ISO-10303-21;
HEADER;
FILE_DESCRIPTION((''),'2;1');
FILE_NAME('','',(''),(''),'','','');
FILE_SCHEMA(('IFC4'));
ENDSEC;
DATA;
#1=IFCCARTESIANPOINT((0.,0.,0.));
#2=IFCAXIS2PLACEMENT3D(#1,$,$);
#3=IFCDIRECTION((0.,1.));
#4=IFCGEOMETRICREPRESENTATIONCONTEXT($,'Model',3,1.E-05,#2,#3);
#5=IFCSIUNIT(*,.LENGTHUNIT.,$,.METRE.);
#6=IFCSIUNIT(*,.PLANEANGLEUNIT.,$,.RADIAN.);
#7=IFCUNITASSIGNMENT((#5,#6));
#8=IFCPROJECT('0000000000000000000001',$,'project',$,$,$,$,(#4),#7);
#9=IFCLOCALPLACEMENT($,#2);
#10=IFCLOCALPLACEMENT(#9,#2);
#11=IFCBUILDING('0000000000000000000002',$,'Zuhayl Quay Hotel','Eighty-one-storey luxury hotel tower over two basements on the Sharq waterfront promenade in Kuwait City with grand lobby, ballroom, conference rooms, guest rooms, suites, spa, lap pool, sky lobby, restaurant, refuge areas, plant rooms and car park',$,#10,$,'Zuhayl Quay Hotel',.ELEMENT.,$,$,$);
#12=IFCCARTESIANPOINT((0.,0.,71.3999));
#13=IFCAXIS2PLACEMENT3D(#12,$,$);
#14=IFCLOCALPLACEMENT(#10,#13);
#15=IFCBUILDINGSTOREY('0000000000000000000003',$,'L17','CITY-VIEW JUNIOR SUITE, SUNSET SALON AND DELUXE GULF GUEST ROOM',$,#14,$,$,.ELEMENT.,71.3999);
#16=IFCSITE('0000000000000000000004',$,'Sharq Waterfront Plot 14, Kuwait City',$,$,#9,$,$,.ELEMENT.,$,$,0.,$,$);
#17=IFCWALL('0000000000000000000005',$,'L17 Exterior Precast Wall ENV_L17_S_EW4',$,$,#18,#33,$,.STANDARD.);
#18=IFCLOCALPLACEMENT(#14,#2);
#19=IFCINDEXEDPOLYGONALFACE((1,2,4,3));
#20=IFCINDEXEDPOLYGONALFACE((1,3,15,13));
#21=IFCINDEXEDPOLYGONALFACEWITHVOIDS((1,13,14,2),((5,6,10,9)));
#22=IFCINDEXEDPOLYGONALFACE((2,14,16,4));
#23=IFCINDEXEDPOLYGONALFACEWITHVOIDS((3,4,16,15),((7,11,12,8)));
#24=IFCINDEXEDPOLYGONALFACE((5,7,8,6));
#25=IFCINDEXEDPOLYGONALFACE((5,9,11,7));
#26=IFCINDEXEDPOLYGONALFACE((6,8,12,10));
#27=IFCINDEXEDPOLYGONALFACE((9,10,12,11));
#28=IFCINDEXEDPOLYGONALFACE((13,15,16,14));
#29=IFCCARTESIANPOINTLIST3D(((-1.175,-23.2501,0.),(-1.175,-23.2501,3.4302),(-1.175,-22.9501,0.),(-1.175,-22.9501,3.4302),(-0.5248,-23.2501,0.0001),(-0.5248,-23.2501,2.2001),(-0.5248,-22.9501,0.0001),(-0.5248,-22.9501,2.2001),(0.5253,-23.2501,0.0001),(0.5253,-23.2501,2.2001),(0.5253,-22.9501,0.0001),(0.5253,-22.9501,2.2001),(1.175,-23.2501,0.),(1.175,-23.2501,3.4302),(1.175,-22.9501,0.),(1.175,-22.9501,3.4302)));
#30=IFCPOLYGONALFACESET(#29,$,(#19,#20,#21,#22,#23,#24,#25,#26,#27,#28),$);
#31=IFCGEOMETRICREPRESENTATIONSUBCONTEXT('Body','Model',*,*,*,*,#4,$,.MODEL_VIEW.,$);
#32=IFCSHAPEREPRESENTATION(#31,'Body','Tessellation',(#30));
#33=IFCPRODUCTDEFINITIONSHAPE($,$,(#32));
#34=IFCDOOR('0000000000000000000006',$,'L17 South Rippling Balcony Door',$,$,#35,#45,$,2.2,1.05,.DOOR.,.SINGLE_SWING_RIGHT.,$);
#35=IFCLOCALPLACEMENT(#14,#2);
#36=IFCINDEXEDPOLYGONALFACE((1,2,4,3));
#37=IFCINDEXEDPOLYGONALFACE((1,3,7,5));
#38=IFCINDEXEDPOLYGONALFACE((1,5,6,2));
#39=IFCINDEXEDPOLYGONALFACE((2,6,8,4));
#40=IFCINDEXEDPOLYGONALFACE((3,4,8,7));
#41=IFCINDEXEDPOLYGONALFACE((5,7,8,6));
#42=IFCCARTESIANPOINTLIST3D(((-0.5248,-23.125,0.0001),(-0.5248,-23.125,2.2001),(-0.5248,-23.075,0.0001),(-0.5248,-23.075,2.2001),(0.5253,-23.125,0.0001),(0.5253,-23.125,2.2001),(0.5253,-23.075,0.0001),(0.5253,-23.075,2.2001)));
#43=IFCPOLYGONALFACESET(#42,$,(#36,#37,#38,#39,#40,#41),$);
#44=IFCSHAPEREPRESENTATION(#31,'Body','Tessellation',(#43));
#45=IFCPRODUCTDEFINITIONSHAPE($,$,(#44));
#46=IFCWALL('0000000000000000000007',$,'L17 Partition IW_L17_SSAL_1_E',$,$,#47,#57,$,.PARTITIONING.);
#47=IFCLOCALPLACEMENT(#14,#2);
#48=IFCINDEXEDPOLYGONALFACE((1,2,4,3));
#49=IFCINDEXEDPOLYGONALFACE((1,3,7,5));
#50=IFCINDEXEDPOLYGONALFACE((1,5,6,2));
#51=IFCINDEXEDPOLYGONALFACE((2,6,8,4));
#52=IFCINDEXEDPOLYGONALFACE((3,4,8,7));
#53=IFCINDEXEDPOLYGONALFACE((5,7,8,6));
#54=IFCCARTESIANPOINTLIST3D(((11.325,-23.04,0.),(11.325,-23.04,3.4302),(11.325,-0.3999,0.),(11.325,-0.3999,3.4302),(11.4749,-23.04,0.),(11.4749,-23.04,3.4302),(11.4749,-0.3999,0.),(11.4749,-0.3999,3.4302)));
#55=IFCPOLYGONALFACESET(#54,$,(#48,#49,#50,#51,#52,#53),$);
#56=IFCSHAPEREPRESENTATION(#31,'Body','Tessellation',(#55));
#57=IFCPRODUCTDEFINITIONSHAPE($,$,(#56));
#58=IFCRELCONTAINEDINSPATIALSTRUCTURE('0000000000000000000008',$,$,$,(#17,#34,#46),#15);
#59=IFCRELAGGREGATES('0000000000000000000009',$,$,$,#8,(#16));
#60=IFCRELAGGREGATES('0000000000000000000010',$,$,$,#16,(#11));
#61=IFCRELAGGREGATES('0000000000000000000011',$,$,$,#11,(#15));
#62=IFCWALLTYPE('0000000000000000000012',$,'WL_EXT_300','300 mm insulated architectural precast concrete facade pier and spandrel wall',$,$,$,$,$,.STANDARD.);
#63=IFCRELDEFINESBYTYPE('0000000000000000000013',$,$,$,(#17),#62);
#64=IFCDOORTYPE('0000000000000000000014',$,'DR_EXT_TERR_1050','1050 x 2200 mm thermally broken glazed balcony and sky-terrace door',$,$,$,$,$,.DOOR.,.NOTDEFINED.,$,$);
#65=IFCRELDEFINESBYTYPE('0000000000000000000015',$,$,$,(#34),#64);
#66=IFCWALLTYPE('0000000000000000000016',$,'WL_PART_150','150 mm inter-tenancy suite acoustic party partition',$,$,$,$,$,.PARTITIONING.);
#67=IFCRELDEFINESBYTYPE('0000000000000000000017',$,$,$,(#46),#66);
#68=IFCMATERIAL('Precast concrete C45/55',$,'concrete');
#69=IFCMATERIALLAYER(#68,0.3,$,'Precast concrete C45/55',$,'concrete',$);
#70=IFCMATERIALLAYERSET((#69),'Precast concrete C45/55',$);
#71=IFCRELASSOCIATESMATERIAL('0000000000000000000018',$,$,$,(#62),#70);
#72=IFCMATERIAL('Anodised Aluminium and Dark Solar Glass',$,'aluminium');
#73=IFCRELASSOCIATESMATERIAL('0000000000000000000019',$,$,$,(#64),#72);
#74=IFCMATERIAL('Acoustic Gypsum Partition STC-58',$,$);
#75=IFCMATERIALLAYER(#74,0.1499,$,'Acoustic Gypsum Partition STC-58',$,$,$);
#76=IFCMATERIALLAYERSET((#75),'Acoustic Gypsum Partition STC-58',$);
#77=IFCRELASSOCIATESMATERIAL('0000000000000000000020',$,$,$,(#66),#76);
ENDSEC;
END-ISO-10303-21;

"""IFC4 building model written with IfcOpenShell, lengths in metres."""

from ifc_helpers import new_model, si_unit, direction, frame, frame_2d, origin, place, context, subcontext, project, spatial, rectangle, extrude, material, layer, layer_set, type_object, element, fill, save


model = new_model("IFC4")

# Units and contexts
model_context = context("Model", 3, precision=1e-05, world=origin(), true_north=direction((0.0, 1.0)))
body_context = subcontext(model_context, "Body", "Model", "MODEL_VIEW")
ifc_project = project(units=[si_unit("LENGTHUNIT", "METRE"), si_unit("PLANEANGLEUNIT", "RADIAN")], contexts=[model_context])

# Site, building, storey
site_placement = place(None, origin())
site = spatial("IfcSite", under=ifc_project, at=site_placement, Name="Sharq Waterfront Plot 14, Kuwait City", CompositionType="ELEMENT", RefElevation=0.0)
building_placement = place(site_placement, origin())
building = spatial("IfcBuilding", under=site, at=building_placement, Name="Zuhayl Quay Hotel", Description="Eighty-one-storey luxury hotel tower over two basements on the Sharq waterfront promenade in Kuwait City with grand lobby, ballroom, conference rooms, guest rooms, suites, spa, lap pool, sky lobby, restaurant, refuge areas, plant rooms and car park", LongName="Zuhayl Quay Hotel", CompositionType="ELEMENT")
storey_placement = place(building_placement, frame((0.0, 0.0, 71.3999)))
storey = spatial("IfcBuildingStorey", under=building, at=storey_placement, Name="L17", Description="CITY-VIEW JUNIOR SUITE, SUNSET SALON AND DELUXE GULF GUEST ROOM", CompositionType="ELEMENT", Elevation=71.3999)

# Shared definitions
ifc_material_1 = material(Name="Precast concrete C45/55", Category="concrete")
ifc_layer_1 = layer(ifc_material_1, 0.3, Name="Precast concrete C45/55", Category="concrete")
ifc_layer_set_1 = layer_set([ifc_layer_1], Name="Precast concrete C45/55")
wall_type_1 = type_object("IfcWallType", Name="WL_EXT_300", Description="300 mm insulated architectural precast concrete facade pier and spandrel wall", PredefinedType="STANDARD", material=ifc_layer_set_1)

# Wall, opening, door
wall_1_placement = place(storey_placement, frame((1.175, -23.1001, 0.0), z_axis=(0.0, 0.0, 1.0), x_axis=(-1.0, 0.0, 0.0)))
wall_1 = element("IfcWall", 1, at=wall_1_placement, inside=storey, type_object=wall_type_1, Name="L17 Exterior Precast Wall ENV_L17_S_EW4", PredefinedType="STANDARD", context=body_context, shape_type="SweptSolid", body=[
    extrude(rectangle(XDim=2.3501, YDim=0.3, at=frame_2d((1.175, 0.0))), origin(), (0.0, 0.0, 1.0), 3.4302),
])
opening_placement = place(wall_1_placement, frame((0.6499, 0.0, 0.0)))
opening = element("IfcOpeningElement", 2, at=opening_placement, cuts=wall_1, PredefinedType="OPENING", context=body_context, shape_type="SweptSolid", body=[
    extrude(rectangle(XDim=1.05, YDim=2.2, at=frame_2d((0.5249, 1.1001))), frame((0.0, 0.1599, 0.0), z_axis=(0.0, -1.0, 0.0), x_axis=(1.0, 0.0, 0.0)), (0.0, 0.0, 1.0), 0.3201),
])
ifc_material_2 = material(Name="Anodised Aluminium and Dark Solar Glass", Category="aluminium")
door_type = type_object("IfcDoorType", Name="DR_EXT_TERR_1050", Description="1050 x 2200 mm thermally broken glazed balcony and sky-terrace door", OperationType="NOTDEFINED", PredefinedType="DOOR", material=ifc_material_2)
door_placement = place(opening_placement, origin())
door = element("IfcDoor", 3, at=door_placement, inside=storey, type_object=door_type, Name="L17 South Rippling Balcony Door", OperationType="SINGLE_SWING_RIGHT", OverallHeight=2.2, OverallWidth=1.05, PredefinedType="DOOR", context=body_context, shape_type="SweptSolid", body=[
    extrude(rectangle(XDim=1.05, YDim=2.2, at=frame_2d((0.5249, 1.1001))), frame((0.0, 0.0249, 0.0), z_axis=(0.0, -1.0, 0.0), x_axis=(1.0, 0.0, 0.0)), (0.0, 0.0, 1.0), 0.05),
])
fill(opening, door)

# Wall
ifc_material_3 = material(Name="Acoustic Gypsum Partition STC-58")
ifc_layer_2 = layer(ifc_material_3, 0.1499, Name="Acoustic Gypsum Partition STC-58")
ifc_layer_set_2 = layer_set([ifc_layer_2], Name="Acoustic Gypsum Partition STC-58")
wall_type_2 = type_object("IfcWallType", Name="WL_PART_150", Description="150 mm inter-tenancy suite acoustic party partition", PredefinedType="PARTITIONING", material=ifc_layer_set_2)
wall_2_placement = place(storey_placement, frame((11.3999, -23.04, 0.0), z_axis=(0.0, 0.0, 1.0), x_axis=(0.0, 1.0, 0.0)))
element("IfcWall", 4, at=wall_2_placement, inside=storey, type_object=wall_type_2, Name="L17 Partition IW_L17_SSAL_1_E", PredefinedType="PARTITIONING", context=body_context, shape_type="SweptSolid", body=[
    extrude(rectangle(XDim=22.6401, YDim=0.1499, at=frame_2d((11.3201, 0.0))), origin(), (0.0, 0.0, 1.0), 3.4302),
])

save(model, "model.ifc")
